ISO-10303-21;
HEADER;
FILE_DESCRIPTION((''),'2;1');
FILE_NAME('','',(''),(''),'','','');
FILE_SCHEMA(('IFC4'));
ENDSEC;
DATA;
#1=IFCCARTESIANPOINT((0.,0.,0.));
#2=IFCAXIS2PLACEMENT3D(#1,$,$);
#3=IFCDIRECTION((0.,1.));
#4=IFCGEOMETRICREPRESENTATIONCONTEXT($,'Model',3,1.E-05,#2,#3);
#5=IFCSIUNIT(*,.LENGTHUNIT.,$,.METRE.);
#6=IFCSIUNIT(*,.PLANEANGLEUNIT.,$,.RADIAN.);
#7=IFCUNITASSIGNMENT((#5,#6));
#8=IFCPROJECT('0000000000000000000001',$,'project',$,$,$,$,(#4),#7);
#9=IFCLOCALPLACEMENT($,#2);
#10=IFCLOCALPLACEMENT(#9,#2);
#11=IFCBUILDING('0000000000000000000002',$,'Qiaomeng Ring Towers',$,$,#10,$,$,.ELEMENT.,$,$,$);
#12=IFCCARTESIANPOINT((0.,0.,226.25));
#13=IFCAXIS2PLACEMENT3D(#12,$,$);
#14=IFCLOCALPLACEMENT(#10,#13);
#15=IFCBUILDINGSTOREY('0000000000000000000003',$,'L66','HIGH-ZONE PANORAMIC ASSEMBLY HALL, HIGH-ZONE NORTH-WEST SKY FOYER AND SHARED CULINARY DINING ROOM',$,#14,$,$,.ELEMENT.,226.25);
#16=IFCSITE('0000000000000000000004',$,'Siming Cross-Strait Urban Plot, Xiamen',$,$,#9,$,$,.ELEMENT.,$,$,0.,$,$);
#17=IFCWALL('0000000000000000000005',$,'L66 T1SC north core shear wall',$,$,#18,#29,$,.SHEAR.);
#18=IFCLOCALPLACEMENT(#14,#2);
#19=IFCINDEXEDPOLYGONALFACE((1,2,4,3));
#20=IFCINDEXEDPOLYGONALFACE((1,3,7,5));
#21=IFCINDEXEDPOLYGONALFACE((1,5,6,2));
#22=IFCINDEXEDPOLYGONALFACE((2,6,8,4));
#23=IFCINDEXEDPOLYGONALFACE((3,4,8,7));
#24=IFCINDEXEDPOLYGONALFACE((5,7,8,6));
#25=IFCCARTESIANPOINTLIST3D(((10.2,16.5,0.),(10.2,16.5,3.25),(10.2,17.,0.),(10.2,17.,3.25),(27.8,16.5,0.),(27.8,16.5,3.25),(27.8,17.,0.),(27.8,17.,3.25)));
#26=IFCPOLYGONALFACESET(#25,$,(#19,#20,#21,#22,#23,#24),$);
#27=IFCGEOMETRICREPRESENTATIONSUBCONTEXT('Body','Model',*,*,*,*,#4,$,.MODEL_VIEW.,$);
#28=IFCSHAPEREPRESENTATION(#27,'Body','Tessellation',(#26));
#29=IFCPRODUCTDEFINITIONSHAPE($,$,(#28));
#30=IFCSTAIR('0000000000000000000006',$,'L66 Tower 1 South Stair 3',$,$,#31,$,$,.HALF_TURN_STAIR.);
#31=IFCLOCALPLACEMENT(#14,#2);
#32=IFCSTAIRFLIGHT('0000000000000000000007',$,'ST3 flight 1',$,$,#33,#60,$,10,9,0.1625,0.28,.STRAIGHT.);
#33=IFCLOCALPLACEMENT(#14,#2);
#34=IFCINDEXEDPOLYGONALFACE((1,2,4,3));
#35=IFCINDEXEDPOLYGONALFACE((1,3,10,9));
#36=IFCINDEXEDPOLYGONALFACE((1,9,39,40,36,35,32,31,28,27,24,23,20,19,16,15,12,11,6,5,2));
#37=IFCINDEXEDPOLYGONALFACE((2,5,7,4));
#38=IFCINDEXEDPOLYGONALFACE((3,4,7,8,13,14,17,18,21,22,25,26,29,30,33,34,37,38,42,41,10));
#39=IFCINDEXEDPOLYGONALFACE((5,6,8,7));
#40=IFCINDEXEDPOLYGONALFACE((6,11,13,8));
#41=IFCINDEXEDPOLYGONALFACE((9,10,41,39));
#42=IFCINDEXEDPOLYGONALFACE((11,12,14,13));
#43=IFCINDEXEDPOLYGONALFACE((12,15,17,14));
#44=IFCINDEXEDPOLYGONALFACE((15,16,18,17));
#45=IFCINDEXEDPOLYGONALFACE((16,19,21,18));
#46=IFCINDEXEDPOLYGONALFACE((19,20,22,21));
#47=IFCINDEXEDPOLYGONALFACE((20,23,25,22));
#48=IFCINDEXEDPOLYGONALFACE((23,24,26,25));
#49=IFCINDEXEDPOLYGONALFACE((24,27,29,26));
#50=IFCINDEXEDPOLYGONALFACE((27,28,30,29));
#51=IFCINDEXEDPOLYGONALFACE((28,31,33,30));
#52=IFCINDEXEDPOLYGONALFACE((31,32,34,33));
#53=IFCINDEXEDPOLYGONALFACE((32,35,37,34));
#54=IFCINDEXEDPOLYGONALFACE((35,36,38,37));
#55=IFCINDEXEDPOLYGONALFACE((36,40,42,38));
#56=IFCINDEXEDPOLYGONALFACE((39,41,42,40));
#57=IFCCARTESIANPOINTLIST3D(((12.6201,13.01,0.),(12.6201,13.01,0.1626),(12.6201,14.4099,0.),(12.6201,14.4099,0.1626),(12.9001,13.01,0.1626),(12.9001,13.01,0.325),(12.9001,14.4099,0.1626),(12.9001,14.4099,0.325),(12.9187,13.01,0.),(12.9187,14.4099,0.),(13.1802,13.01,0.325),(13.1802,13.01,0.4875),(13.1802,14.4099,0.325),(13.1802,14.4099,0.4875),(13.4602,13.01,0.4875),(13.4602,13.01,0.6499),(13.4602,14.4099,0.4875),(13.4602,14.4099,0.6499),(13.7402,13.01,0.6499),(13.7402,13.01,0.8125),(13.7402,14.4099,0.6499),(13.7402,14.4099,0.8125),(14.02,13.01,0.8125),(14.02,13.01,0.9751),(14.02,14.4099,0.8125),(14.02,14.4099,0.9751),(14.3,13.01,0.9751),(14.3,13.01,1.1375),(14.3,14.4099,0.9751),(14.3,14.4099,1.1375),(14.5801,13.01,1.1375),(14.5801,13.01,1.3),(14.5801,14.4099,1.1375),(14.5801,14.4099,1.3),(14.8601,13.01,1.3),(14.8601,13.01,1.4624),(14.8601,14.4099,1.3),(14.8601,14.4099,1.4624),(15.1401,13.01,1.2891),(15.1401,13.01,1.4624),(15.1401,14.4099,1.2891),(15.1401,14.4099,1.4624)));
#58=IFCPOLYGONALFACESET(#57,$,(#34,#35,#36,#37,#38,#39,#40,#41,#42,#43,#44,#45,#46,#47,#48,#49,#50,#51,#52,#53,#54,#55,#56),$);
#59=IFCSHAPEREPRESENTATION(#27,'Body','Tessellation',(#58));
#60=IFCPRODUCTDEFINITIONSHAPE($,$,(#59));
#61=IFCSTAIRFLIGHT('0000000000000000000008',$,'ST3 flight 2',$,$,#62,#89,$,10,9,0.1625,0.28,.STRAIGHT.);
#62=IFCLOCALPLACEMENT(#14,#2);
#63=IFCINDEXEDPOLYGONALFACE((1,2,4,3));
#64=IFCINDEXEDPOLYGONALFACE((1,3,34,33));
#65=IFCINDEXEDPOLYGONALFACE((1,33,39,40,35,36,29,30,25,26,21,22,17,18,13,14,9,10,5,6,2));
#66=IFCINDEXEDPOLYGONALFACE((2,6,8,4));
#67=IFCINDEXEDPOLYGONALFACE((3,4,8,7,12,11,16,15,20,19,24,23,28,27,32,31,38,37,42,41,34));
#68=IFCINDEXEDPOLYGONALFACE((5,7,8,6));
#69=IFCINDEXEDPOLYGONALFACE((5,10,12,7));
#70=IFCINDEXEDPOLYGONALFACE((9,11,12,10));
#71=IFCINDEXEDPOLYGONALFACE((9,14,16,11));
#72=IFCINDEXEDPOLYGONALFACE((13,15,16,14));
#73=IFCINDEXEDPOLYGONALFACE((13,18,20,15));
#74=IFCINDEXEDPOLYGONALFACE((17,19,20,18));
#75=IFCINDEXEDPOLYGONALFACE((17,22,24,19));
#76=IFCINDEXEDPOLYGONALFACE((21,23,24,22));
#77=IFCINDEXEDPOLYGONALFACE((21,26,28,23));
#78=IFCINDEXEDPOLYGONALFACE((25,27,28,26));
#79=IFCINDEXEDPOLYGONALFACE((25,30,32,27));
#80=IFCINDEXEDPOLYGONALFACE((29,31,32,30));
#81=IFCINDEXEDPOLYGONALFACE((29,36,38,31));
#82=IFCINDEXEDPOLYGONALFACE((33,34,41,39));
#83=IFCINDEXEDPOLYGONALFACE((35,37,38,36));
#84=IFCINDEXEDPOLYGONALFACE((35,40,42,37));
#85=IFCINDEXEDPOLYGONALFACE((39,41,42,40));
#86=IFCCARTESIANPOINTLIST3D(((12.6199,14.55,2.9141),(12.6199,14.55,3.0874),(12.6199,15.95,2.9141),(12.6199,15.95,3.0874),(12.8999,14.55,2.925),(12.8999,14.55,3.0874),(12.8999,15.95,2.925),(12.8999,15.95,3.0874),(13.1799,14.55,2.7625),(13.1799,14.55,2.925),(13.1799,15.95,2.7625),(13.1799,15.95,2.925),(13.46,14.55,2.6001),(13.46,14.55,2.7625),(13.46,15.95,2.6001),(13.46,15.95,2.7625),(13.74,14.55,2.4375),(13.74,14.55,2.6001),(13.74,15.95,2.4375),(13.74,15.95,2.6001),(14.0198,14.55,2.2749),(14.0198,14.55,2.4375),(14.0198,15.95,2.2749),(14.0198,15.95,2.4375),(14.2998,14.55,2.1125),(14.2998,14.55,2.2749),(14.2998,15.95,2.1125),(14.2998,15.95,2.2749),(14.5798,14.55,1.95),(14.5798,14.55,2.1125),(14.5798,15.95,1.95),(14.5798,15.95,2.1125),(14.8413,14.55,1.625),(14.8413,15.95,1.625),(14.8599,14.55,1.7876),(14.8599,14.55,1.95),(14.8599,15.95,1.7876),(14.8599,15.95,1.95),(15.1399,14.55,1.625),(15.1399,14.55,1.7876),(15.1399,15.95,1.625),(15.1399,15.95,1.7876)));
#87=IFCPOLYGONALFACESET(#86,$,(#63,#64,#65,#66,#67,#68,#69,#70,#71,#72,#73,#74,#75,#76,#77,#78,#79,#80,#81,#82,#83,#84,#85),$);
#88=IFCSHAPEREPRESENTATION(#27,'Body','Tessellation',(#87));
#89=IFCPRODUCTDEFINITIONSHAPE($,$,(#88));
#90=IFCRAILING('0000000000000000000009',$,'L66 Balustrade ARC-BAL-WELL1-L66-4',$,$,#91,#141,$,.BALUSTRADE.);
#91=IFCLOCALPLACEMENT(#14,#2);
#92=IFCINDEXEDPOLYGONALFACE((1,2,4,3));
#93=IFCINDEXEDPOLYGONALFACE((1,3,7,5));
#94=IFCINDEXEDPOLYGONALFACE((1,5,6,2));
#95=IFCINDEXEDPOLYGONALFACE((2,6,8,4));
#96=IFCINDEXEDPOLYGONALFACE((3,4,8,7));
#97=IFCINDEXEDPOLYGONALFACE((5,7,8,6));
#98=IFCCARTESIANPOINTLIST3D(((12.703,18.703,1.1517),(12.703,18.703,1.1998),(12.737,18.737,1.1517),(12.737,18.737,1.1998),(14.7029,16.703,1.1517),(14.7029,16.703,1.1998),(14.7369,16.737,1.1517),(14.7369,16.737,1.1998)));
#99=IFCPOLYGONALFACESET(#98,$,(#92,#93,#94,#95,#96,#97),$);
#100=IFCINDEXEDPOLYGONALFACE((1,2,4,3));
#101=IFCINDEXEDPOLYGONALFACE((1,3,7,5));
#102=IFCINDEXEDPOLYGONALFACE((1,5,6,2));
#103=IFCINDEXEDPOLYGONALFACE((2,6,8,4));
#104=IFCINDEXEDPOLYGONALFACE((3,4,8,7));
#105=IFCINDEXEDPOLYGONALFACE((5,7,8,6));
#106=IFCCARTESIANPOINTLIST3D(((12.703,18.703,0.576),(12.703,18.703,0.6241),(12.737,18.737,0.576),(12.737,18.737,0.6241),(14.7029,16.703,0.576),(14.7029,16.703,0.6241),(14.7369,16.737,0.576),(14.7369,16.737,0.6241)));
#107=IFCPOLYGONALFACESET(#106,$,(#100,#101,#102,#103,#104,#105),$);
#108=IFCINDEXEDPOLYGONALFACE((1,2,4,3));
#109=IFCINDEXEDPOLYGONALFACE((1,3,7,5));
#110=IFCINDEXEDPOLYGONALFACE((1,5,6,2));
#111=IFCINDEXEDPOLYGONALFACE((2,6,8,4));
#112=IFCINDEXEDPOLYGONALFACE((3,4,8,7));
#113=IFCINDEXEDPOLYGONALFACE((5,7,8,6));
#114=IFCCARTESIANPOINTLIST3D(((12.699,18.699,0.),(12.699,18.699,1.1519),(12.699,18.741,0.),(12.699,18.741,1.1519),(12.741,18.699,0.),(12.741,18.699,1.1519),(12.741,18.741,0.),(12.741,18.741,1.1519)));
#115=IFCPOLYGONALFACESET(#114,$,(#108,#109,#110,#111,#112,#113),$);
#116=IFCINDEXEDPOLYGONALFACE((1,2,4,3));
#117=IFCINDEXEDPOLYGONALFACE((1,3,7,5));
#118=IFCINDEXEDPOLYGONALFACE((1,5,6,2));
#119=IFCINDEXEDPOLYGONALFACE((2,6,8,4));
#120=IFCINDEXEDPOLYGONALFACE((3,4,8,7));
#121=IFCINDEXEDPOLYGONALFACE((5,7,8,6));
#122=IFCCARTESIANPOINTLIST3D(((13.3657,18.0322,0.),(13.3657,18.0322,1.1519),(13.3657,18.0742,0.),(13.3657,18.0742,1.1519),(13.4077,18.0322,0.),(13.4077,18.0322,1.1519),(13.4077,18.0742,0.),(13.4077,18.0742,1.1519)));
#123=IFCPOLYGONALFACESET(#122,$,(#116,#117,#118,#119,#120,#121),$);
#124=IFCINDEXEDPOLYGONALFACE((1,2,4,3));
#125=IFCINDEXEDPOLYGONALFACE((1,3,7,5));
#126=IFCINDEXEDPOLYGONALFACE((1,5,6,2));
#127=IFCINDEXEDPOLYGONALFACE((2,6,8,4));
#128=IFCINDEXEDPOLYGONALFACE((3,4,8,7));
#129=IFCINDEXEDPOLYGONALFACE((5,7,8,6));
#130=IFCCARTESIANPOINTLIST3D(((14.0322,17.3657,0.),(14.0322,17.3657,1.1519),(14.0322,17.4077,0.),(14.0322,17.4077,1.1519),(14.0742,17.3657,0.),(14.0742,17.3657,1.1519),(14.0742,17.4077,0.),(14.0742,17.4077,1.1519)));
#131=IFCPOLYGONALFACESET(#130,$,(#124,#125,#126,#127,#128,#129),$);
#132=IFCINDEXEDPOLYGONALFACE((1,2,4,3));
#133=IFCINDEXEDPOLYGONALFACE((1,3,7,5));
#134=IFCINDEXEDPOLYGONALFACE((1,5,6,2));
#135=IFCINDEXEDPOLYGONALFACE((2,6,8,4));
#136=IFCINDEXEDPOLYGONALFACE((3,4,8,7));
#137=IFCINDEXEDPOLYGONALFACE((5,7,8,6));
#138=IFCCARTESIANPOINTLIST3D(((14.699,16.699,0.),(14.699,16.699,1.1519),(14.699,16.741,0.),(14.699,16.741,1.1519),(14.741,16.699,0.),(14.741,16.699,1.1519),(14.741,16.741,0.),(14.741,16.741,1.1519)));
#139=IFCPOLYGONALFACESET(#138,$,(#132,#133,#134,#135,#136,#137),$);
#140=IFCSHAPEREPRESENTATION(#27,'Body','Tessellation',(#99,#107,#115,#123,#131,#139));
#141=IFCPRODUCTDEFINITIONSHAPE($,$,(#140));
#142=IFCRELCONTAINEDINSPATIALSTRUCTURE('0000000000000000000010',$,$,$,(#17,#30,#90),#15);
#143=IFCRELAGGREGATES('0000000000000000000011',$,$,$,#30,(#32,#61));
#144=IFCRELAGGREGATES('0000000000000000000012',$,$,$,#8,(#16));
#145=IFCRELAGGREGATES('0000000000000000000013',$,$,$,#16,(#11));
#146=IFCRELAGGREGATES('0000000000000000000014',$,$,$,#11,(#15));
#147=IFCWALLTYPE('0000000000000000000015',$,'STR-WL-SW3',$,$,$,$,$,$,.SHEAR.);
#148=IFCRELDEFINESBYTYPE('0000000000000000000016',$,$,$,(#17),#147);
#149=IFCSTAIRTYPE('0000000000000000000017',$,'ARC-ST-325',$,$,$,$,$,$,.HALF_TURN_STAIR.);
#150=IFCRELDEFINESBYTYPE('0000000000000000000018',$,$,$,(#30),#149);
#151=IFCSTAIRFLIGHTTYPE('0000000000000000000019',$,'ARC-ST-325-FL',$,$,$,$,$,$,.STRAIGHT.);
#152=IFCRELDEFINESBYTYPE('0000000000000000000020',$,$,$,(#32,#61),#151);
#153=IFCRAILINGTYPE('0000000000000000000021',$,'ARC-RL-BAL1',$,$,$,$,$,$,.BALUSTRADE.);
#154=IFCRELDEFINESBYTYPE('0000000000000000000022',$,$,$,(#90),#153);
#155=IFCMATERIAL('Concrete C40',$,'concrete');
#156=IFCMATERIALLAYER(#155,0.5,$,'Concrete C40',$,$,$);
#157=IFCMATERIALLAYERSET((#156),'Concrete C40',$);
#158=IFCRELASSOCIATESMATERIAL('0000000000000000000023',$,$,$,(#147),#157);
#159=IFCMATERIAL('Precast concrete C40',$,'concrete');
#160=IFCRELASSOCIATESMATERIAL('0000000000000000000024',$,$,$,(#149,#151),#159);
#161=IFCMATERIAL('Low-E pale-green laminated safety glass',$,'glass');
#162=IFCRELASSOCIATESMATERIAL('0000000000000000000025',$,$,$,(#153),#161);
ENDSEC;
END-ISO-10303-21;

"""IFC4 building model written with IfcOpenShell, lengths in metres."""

from ifc_helpers import new_model, si_unit, direction, frame, frame_2d, origin, origin_2d, place, context, subcontext, project, spatial, polyline, rectangle, outline, extrude, source, transform, mapped, material, layer, layer_set, type_object, element, aggregate, save


model = new_model("IFC4")

# Units and contexts
model_context = context("Model", 3, precision=1e-05, world=origin(), true_north=direction((0.0, 1.0)))
body_context = subcontext(model_context, "Body", "Model", "MODEL_VIEW")
ifc_project = project(units=[si_unit("LENGTHUNIT", "METRE"), si_unit("PLANEANGLEUNIT", "RADIAN")], contexts=[model_context])

# Site, building, storey
site_placement = place(None, origin())
site = spatial("IfcSite", under=ifc_project, at=site_placement, Name="Siming Cross-Strait Urban Plot, Xiamen", CompositionType="ELEMENT", RefElevation=0.0)
building_placement = place(site_placement, origin())
building = spatial("IfcBuilding", under=site, at=building_placement, Name="Qiaomeng Ring Towers", CompositionType="ELEMENT")
storey_placement = place(building_placement, frame((0.0, 0.0, 226.25)))
storey = spatial("IfcBuildingStorey", under=building, at=storey_placement, Name="L66", Description="HIGH-ZONE PANORAMIC ASSEMBLY HALL, HIGH-ZONE NORTH-WEST SKY FOYER AND SHARED CULINARY DINING ROOM", CompositionType="ELEMENT", Elevation=226.25)

# Shared definitions
ifc_material_1 = material(Name="Concrete C40", Category="concrete")

# Wall
ifc_layer_1 = layer(ifc_material_1, 0.5, Name="Concrete C40")
ifc_layer_set_1 = layer_set([ifc_layer_1], Name="Concrete C40")
wall_type_1 = type_object("IfcWallType", Name="STR-WL-SW3", PredefinedType="SHEAR", material=ifc_layer_set_1)
wall_1_placement = place(storey_placement, frame((10.2, 16.75, 0.0), z_axis=(0.0, 0.0, 1.0), x_axis=(1.0, 0.0, 0.0)))
element("IfcWall", 1, at=wall_1_placement, inside=storey, type_object=wall_type_1, Name="L66 T1SC north core shear wall", PredefinedType="SHEAR", context=body_context, shape_type="SweptSolid", body=[
    extrude(rectangle(XDim=17.6001, YDim=0.5, at=frame_2d((8.8, 0.0))), origin(), (0.0, 0.0, 1.0), 3.25),
])

# Stair, stair flights
ifc_material_2 = material(Name="Precast concrete C40", Category="concrete")
stair_type = type_object("IfcStairType", Name="ARC-ST-325", PredefinedType="HALF_TURN_STAIR", material=ifc_material_2)
stair_placement = place(storey_placement, origin())
stair = element("IfcStair", 2, at=stair_placement, inside=storey, type_object=stair_type, Name="L66 Tower 1 South Stair 3", PredefinedType="HALF_TURN_STAIR")
stair_flight_type = type_object("IfcStairFlightType", Name="ARC-ST-325-FL", PredefinedType="STRAIGHT", material=ifc_material_2)
shared_shape_1 = source(origin(), body_context, "Body", "SweptSolid", [
    extrude(outline(polyline([(0.0, 0.0), (0.0, 0.1626), (0.28, 0.1626), (0.28, 0.325), (0.5601, 0.325), (0.5601, 0.4875), (0.8401, 0.4875), (0.8401, 0.6499), (1.1201, 0.6499), (1.1201, 0.8125), (1.3999, 0.8125), (1.3999, 0.9751), (1.6799, 0.9751), (1.6799, 1.1375), (1.96, 1.1375), (1.96, 1.3), (2.24, 1.3), (2.24, 1.4624), (2.52, 1.4624), (2.52, 1.625), (2.52, 1.2891), (0.2986, 0.0), (0.0, 0.0)])), frame((0.0, 0.7, 0.0), z_axis=(0.0, -1.0, 0.0), x_axis=(1.0, 0.0, 0.0)), (0.0, 0.0, 1.0), 1.3999),
])
stair_flight_1_placement = place(storey_placement, frame((12.6201, 13.71, 0.0), z_axis=(0.0, 0.0, 1.0), x_axis=(1.0, 0.0, 0.0)))
stair_flight_1 = element("IfcStairFlight", 3, at=stair_flight_1_placement, type_object=stair_flight_type, Name="ST3 flight 1", NumberOfRisers=10, NumberOfTreads=9, PredefinedType="STRAIGHT", RiserHeight=0.1625, TreadLength=0.28, context=body_context, shape_type="MappedRepresentation", body=[
    mapped(shared_shape_1, transform((0.0, 0.0, 0.0), x_axis=(1.0, 0.0, 0.0), y_axis=(0.0, 1.0, 0.0), z_axis=(0.0, 0.0, 1.0), scale=1.0)),
])
stair_flight_2_placement = place(storey_placement, frame((15.1399, 15.25, 1.625), z_axis=(0.0, 0.0, 1.0), x_axis=(-1.0, 0.0, 0.0)))
stair_flight_2 = element("IfcStairFlight", 4, at=stair_flight_2_placement, type_object=stair_flight_type, Name="ST3 flight 2", NumberOfRisers=10, NumberOfTreads=9, PredefinedType="STRAIGHT", RiserHeight=0.1625, TreadLength=0.28, context=body_context, shape_type="MappedRepresentation", body=[
    mapped(shared_shape_1, transform((0.0, 0.0, 0.0), x_axis=(1.0, 0.0, 0.0), y_axis=(0.0, 1.0, 0.0), z_axis=(0.0, 0.0, 1.0), scale=1.0)),
])
aggregate(stair, [stair_flight_1, stair_flight_2])

# Railing
ifc_material_3 = material(Name="Low-E pale-green laminated safety glass", Category="glass")
railing_type_1 = type_object("IfcRailingType", Name="ARC-RL-BAL1", PredefinedType="BALUSTRADE", material=ifc_material_3)
railing_1_placement = place(storey_placement, frame((12.72, 18.72, 0.0)))
element("IfcRailing", 5, at=railing_1_placement, inside=storey, type_object=railing_type_1, Name="L66 Balustrade ARC-BAL-WELL1-L66-4", PredefinedType="BALUSTRADE", context=body_context, shape_type="SweptSolid", body=[
    extrude(rectangle(XDim=0.0481, YDim=0.0481, at=origin_2d()), frame((0.0, 0.0, 1.1758), z_axis=(0.707107, -0.707107, 0.0), x_axis=(0.707107, 0.707107, 0.0)), (0.0, 0.0, 1.0), 2.8284),
    extrude(rectangle(XDim=0.0481, YDim=0.0481, at=origin_2d()), frame((0.0, 0.0, 0.6001), z_axis=(0.707107, -0.707107, 0.0), x_axis=(0.707107, 0.707107, 0.0)), (0.0, 0.0, 1.0), 2.8284),
    extrude(rectangle(XDim=0.042, YDim=0.042, at=origin_2d()), origin(), (0.0, 0.0, 1.0), 1.1519),
    extrude(rectangle(XDim=0.042, YDim=0.042, at=origin_2d()), frame((0.6667, -0.6667, 0.0)), (0.0, 0.0, 1.0), 1.1519),
    extrude(rectangle(XDim=0.042, YDim=0.042, at=origin_2d()), frame((1.3333, -1.3333, 0.0)), (0.0, 0.0, 1.0), 1.1519),
    extrude(rectangle(XDim=0.042, YDim=0.042, at=origin_2d()), frame((2.0, -2.0, 0.0)), (0.0, 0.0, 1.0), 1.1519),
])

save(model, "model.ifc")
